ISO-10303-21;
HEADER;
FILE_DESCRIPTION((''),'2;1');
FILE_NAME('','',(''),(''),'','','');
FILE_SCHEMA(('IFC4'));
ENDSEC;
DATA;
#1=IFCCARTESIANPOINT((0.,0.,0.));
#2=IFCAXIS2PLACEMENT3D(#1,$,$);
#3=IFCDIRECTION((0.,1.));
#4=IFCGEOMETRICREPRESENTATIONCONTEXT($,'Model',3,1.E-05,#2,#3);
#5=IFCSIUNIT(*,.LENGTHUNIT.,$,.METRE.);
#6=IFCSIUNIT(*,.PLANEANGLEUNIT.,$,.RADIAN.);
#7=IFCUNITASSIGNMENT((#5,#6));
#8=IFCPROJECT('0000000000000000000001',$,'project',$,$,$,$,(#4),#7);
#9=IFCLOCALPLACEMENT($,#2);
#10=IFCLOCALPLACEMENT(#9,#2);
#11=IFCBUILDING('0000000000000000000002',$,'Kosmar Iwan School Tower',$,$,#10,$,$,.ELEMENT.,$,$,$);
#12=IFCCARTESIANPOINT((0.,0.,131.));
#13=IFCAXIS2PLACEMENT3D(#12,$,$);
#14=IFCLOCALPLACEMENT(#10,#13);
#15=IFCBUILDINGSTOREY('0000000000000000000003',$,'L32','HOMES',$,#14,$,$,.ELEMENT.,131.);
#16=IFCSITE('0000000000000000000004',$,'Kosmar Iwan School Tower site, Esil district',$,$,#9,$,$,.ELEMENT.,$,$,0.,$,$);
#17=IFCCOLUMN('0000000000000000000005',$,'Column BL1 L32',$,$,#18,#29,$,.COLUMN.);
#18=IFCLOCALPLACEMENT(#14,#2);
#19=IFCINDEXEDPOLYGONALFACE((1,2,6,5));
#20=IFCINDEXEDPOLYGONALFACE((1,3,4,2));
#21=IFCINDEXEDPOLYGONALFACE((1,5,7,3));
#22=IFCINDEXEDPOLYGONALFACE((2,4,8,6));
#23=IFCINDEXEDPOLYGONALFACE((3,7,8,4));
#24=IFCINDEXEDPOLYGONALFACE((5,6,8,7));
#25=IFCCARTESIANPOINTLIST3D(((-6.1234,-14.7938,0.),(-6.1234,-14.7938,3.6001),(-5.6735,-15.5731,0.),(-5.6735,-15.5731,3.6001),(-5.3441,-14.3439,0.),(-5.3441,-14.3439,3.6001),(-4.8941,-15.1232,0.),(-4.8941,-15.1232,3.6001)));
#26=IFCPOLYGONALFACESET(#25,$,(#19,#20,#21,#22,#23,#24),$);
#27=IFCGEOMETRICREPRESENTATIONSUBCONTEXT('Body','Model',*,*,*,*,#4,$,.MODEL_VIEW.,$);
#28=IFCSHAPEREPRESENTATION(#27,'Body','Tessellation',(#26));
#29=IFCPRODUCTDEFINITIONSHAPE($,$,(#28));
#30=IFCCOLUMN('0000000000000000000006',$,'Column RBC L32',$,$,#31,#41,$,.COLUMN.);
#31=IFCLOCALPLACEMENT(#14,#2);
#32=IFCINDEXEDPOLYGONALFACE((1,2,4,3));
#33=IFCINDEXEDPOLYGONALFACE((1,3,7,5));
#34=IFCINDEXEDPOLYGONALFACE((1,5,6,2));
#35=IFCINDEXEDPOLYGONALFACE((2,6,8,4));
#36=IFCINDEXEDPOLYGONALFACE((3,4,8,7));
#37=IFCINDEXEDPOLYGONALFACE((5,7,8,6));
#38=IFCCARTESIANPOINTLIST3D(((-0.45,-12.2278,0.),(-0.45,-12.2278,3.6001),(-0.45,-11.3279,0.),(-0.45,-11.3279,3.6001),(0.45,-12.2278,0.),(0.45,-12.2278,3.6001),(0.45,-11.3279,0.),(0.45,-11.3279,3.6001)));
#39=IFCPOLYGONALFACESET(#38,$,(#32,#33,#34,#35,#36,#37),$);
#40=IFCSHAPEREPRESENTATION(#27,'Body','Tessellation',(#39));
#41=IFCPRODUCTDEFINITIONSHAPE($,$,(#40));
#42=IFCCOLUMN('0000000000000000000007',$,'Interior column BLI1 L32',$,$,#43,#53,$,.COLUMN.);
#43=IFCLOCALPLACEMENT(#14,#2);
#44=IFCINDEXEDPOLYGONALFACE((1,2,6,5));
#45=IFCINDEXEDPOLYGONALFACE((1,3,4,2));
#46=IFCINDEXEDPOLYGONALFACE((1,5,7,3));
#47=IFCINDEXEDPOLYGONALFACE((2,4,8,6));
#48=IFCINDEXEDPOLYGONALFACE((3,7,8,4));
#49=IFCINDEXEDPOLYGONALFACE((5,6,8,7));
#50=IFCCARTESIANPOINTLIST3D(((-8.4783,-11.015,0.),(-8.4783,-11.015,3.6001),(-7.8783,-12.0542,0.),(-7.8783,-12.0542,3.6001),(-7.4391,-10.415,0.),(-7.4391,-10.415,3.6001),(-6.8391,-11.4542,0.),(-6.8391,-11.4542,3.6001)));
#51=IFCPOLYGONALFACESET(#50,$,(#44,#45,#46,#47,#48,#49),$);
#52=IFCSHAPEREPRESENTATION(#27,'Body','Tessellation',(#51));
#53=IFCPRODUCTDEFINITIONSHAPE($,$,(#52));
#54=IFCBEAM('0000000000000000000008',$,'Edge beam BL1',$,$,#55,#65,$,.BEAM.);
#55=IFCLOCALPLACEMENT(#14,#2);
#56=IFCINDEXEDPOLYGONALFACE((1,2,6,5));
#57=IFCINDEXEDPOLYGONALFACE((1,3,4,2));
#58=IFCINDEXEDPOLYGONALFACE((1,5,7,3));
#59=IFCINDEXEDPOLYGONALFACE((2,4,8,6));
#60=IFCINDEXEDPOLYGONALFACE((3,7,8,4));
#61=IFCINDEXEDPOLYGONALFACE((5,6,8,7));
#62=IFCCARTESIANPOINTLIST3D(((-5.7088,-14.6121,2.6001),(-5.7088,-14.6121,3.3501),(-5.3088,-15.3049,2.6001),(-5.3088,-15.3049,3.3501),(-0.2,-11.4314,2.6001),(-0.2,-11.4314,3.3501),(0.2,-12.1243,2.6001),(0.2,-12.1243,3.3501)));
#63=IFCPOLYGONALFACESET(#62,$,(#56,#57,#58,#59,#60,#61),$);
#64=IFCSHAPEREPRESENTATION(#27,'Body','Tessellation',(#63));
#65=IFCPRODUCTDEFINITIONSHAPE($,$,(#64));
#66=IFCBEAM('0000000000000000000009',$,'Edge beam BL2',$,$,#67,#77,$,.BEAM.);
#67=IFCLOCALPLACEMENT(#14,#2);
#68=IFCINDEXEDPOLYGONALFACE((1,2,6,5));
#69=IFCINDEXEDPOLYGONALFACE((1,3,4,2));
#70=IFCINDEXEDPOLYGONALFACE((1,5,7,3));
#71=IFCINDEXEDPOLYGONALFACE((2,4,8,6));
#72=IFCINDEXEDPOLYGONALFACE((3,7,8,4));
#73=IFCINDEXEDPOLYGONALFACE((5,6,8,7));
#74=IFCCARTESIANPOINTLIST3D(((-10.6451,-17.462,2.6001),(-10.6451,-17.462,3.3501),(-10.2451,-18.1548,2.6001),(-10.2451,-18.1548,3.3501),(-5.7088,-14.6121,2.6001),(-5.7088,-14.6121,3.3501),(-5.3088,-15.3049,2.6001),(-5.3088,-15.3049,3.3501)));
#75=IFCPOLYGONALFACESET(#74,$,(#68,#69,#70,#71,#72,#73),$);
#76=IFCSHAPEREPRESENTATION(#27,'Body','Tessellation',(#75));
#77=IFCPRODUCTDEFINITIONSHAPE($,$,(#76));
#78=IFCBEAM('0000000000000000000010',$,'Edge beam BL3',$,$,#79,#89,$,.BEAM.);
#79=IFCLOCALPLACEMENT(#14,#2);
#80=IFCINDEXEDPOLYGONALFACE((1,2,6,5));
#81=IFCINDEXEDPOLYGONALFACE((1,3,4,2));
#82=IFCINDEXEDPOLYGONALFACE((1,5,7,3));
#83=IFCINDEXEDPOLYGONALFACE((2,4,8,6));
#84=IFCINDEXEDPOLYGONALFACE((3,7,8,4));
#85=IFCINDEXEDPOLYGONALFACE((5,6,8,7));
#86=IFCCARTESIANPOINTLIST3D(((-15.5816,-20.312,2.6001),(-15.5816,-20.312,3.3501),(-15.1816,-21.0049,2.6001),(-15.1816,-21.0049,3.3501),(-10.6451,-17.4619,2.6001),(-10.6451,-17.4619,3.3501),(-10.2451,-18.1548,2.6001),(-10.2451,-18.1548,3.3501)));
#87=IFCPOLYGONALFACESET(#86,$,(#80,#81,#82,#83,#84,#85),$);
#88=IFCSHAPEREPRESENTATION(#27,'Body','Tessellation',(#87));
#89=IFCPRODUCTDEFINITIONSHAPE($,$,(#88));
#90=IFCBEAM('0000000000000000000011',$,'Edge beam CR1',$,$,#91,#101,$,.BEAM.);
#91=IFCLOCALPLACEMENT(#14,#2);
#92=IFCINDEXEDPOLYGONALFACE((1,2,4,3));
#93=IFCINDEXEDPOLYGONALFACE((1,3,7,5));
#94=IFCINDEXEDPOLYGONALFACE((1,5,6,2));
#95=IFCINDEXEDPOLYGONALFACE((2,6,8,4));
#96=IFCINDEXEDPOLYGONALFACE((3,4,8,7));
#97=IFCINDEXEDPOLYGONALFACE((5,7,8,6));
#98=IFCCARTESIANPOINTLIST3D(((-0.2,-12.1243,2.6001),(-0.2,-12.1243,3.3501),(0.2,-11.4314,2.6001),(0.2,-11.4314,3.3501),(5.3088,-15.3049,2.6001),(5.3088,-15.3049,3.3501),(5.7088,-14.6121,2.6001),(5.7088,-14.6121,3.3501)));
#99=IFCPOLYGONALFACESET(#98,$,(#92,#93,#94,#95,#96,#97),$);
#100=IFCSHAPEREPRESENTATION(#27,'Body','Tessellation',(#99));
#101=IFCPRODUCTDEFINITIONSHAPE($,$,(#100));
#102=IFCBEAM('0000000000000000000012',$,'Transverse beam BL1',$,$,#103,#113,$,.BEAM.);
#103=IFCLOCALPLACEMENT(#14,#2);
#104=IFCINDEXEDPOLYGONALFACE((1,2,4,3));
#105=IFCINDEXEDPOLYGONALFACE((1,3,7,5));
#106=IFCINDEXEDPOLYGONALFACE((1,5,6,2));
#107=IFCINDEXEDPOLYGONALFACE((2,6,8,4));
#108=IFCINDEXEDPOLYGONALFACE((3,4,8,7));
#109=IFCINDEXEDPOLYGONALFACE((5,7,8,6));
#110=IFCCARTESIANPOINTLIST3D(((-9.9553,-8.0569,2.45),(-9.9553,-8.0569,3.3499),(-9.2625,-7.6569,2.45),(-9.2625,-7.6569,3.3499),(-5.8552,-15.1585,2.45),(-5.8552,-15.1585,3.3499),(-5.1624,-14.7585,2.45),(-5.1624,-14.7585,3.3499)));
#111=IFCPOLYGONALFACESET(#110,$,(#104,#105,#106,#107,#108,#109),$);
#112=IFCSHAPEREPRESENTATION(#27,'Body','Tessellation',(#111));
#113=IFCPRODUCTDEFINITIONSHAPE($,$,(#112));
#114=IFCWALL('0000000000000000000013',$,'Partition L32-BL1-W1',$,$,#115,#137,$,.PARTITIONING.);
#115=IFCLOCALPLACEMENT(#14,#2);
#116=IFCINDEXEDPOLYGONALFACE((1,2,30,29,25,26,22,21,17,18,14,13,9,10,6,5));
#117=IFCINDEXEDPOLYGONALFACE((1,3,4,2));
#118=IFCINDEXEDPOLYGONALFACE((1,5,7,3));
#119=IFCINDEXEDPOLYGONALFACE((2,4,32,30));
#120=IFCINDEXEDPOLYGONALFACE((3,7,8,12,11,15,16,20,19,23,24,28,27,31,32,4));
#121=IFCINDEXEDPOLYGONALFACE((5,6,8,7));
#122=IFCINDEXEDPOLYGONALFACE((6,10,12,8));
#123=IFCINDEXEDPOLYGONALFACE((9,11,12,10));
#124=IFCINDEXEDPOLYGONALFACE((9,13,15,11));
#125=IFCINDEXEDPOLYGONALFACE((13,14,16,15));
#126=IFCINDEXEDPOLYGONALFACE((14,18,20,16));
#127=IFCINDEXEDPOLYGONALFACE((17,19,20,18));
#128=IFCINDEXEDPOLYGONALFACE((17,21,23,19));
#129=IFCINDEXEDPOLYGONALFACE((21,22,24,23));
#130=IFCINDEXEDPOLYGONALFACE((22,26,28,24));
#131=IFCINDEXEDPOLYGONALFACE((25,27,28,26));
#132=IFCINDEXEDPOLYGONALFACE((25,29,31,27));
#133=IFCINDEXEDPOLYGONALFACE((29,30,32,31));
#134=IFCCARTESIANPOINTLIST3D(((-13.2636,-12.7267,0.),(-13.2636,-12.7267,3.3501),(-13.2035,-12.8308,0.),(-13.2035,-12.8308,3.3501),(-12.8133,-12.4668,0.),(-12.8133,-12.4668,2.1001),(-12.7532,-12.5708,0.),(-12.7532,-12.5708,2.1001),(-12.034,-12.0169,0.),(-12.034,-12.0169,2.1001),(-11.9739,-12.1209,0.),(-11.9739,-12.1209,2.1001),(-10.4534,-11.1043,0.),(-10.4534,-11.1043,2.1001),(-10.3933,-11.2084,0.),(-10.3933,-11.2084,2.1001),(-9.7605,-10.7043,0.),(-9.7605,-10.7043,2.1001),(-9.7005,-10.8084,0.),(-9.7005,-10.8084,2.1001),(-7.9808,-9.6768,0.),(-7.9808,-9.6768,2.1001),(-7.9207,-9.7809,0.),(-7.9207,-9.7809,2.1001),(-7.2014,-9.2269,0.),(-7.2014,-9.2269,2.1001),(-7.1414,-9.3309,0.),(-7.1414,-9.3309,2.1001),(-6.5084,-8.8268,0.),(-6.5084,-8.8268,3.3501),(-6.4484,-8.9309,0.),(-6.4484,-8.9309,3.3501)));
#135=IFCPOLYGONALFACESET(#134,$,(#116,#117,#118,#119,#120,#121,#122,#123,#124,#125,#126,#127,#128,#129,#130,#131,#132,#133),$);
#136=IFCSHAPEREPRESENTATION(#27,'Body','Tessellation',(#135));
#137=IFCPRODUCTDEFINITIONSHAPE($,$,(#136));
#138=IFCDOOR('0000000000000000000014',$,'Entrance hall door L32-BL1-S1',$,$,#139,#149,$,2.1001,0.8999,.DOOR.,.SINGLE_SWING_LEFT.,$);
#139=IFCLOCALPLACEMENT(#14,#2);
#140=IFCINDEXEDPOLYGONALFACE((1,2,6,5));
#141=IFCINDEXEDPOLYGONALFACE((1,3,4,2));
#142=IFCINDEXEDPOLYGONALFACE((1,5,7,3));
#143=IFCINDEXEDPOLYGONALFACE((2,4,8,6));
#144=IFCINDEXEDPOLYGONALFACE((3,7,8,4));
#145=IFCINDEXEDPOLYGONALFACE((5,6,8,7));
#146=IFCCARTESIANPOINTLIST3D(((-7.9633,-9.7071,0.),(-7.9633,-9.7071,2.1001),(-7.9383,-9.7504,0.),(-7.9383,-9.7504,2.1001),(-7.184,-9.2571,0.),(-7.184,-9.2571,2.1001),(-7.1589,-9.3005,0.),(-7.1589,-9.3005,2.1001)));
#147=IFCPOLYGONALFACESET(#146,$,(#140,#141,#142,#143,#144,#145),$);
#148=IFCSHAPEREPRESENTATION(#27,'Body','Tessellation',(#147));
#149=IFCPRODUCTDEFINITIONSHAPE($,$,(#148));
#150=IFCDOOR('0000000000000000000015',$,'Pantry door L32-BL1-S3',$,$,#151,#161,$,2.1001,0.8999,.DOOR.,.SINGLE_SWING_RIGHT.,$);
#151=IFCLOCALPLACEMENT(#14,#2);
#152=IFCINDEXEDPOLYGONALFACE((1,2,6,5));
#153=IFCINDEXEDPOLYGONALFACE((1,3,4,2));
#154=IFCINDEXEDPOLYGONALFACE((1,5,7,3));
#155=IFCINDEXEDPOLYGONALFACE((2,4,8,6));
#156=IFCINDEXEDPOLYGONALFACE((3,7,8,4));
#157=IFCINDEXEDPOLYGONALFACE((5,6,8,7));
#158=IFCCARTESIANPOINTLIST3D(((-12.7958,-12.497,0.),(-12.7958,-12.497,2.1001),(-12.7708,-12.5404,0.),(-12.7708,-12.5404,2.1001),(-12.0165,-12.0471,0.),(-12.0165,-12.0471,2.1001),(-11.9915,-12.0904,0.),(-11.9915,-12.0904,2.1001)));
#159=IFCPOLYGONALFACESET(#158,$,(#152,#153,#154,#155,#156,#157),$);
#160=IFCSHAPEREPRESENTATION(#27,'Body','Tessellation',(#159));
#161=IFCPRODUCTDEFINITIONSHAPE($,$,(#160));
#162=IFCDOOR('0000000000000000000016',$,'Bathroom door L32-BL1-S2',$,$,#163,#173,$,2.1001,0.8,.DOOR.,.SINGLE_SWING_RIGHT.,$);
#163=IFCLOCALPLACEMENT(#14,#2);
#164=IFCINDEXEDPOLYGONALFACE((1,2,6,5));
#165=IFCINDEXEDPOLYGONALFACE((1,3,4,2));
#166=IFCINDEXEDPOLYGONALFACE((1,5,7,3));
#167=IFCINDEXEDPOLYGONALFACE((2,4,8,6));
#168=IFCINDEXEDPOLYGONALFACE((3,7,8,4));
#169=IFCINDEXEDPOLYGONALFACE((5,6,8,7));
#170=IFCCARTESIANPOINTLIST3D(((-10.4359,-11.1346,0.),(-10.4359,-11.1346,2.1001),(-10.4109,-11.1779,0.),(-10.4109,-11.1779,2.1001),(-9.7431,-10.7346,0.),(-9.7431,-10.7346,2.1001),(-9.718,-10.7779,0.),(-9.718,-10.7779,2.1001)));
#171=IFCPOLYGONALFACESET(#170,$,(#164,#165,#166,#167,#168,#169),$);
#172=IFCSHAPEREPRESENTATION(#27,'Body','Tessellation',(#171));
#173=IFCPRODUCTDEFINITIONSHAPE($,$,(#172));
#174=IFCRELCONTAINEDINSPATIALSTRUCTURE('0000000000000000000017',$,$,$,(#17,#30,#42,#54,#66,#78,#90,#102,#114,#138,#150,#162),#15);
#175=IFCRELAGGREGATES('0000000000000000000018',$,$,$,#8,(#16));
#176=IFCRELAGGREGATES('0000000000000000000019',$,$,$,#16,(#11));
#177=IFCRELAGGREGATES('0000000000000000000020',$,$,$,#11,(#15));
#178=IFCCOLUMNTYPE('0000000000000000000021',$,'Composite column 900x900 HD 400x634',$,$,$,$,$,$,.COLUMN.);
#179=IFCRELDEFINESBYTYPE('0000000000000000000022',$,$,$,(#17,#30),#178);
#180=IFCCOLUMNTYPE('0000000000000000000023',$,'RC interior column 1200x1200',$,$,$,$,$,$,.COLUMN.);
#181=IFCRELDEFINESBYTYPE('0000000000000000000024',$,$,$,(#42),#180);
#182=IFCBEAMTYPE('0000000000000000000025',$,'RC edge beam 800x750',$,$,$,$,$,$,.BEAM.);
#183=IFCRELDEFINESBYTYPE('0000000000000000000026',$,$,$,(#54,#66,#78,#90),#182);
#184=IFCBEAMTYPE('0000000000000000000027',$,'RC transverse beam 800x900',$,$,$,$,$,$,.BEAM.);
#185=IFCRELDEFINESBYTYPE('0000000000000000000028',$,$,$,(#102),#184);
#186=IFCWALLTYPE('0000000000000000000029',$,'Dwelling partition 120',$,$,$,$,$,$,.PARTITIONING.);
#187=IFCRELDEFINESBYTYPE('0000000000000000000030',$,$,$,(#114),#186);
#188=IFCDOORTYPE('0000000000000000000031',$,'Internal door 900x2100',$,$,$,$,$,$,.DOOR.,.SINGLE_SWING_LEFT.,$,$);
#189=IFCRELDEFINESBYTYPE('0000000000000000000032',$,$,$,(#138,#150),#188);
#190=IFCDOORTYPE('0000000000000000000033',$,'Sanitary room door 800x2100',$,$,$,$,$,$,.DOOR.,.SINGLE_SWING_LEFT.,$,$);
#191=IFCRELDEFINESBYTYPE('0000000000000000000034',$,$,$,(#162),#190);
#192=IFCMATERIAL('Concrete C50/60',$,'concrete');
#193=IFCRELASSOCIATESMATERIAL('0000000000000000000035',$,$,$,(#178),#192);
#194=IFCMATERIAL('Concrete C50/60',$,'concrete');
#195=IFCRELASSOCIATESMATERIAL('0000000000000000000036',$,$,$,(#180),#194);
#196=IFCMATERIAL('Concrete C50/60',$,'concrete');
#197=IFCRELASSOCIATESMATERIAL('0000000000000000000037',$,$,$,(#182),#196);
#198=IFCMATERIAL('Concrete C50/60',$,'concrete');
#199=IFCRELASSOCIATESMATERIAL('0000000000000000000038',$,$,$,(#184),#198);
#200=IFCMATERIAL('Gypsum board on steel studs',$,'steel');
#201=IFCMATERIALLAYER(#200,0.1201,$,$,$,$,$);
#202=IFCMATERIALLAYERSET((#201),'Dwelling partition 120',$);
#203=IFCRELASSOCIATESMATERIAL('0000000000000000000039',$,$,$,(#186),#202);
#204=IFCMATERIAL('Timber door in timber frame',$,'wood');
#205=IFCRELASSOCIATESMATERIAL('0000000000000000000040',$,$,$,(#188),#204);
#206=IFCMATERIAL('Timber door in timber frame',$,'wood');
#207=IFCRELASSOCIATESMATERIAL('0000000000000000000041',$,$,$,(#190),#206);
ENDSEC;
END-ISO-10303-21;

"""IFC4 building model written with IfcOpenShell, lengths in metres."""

from ifc_helpers import new_model, si_unit, direction, frame, frame_2d, origin, origin_2d, place, context, subcontext, project, spatial, rectangle, extrude, material, layer, layer_set, material_profile, profile_set, type_object, element, fill, save


model = new_model("IFC4")

# Units and contexts
model_context = context("Model", 3, precision=1e-05, world=origin(), true_north=direction((0.0, 1.0)))
body_context = subcontext(model_context, "Body", "Model", "MODEL_VIEW")
ifc_project = project(units=[si_unit("LENGTHUNIT", "METRE"), si_unit("PLANEANGLEUNIT", "RADIAN")], contexts=[model_context])

# Site, building, storey
site_placement = place(None, origin())
site = spatial("IfcSite", under=ifc_project, at=site_placement, Name="Kosmar Iwan School Tower site, Esil district", CompositionType="ELEMENT", RefElevation=0.0)
building_placement = place(site_placement, origin())
building = spatial("IfcBuilding", under=site, at=building_placement, Name="Kosmar Iwan School Tower", CompositionType="ELEMENT")
storey_placement = place(building_placement, frame((0.0, 0.0, 131.0)))
storey = spatial("IfcBuildingStorey", under=building, at=storey_placement, Name="L32", Description="HOMES", CompositionType="ELEMENT", Elevation=131.0)

# Columns
ifc_material_1 = material(Name="Concrete C50/60", Category="concrete")
ifc_material_profile_1 = material_profile(ifc_material_1, rectangle(XDim=0.8999, YDim=0.8999, at=origin_2d()), Name="RC 900x900 + HD 400x634")
ifc_profile_set_1 = profile_set([ifc_material_profile_1], Name="Concrete C50/60")
column_type_1 = type_object("IfcColumnType", Name="Composite column 900x900 HD 400x634", PredefinedType="COLUMN", material=ifc_profile_set_1)
for number, where, z_axis, x_axis, name in (
    (1, (-5.5088, -14.9585, 0.0), (0.0, 0.0, 1.0), (-0.866025, -0.5, 0.0), "Column BL1 L32"),
    (2, (0.0, -11.7778, 0.0), (0.0, 0.0, 1.0), (1.0, 0.0, 0.0), "Column RBC L32"),
):
    element("IfcColumn", number, at=place(storey_placement, frame(where, z_axis=z_axis, x_axis=x_axis)), inside=storey, type_object=column_type_1, Name=name, PredefinedType="COLUMN", context=body_context, shape_type="SweptSolid", body=[
        extrude(rectangle(XDim=0.8999, YDim=0.8999, at=origin_2d()), origin(), (0.0, 0.0, 1.0), 3.6001),
    ])
ifc_material_2 = material(Name="Concrete C50/60", Category="concrete")
ifc_material_profile_2 = material_profile(ifc_material_2, rectangle(XDim=1.2, YDim=1.2, at=origin_2d()), Name="RC 1200x1200")
ifc_profile_set_2 = profile_set([ifc_material_profile_2], Name="Concrete C50/60")
column_type_2 = type_object("IfcColumnType", Name="RC interior column 1200x1200", PredefinedType="COLUMN", material=ifc_profile_set_2)
column_placement = place(storey_placement, frame((-7.6587, -11.2346, 0.0), z_axis=(0.0, 0.0, 1.0), x_axis=(-0.866025, -0.5, 0.0)))
element("IfcColumn", 3, at=column_placement, inside=storey, type_object=column_type_2, Name="Interior column BLI1 L32", PredefinedType="COLUMN", context=body_context, shape_type="SweptSolid", body=[
    extrude(rectangle(XDim=1.2, YDim=1.2, at=origin_2d()), origin(), (0.0, 0.0, 1.0), 3.6001),
])

# Beams
ifc_material_3 = material(Name="Concrete C50/60", Category="concrete")
ifc_material_profile_3 = material_profile(ifc_material_3, rectangle(XDim=0.8, YDim=0.75, at=origin_2d()), Name="RC 800x750")
ifc_profile_set_3 = profile_set([ifc_material_profile_3], Name="Concrete C50/60")
beam_type_1 = type_object("IfcBeamType", Name="RC edge beam 800x750", PredefinedType="BEAM", material=ifc_profile_set_3)
beam_1_placement = place(storey_placement, frame((0.0, -11.7778, 2.9751), z_axis=(-0.866014, -0.500019, 0.0), x_axis=(0.500019, -0.866014, 0.0)))
element("IfcBeam", 4, at=beam_1_placement, inside=storey, type_object=beam_type_1, Name="Edge beam BL1", PredefinedType="BEAM", context=body_context, shape_type="SweptSolid", body=[
    extrude(rectangle(XDim=0.8, YDim=0.75, at=origin_2d()), origin(), (0.0, 0.0, 1.0), 6.3611),
])
beam_2_placement = place(storey_placement, frame((-5.5088, -14.9585, 2.9751), z_axis=(-0.866034, -0.499986, 0.0), x_axis=(0.499986, -0.866034, 0.0)))
element("IfcBeam", 5, at=beam_2_placement, inside=storey, type_object=beam_type_1, Name="Edge beam BL2", PredefinedType="BEAM", context=body_context, shape_type="SweptSolid", body=[
    extrude(rectangle(XDim=0.8, YDim=0.75, at=origin_2d()), origin(), (0.0, 0.0, 1.0), 5.7),
])
beam_3_placement = place(storey_placement, frame((-10.4451, -17.8083, 2.9751), z_axis=(-0.866026, -0.499999, 0.0), x_axis=(0.499999, -0.866026, 0.0)))
element("IfcBeam", 6, at=beam_3_placement, inside=storey, type_object=beam_type_1, Name="Edge beam BL3", PredefinedType="BEAM", context=body_context, shape_type="SweptSolid", body=[
    extrude(rectangle(XDim=0.8, YDim=0.75, at=origin_2d()), origin(), (0.0, 0.0, 1.0), 5.7002),
])
beam_4_placement = place(storey_placement, frame((0.0, -11.7778, 2.9751), z_axis=(0.866014, -0.500019, 0.0), x_axis=(0.500019, 0.866014, 0.0)))
element("IfcBeam", 7, at=beam_4_placement, inside=storey, type_object=beam_type_1, Name="Edge beam CR1", PredefinedType="BEAM", context=body_context, shape_type="SweptSolid", body=[
    extrude(rectangle(XDim=0.8, YDim=0.75, at=origin_2d()), origin(), (0.0, 0.0, 1.0), 6.3611),
])
ifc_material_4 = material(Name="Concrete C50/60", Category="concrete")
ifc_material_profile_4 = material_profile(ifc_material_4, rectangle(XDim=0.8, YDim=0.8999, at=origin_2d()), Name="RC 800x900")
ifc_profile_set_4 = profile_set([ifc_material_profile_4], Name="Concrete C50/60")
beam_type_2 = type_object("IfcBeamType", Name="RC transverse beam 800x900", PredefinedType="BEAM", material=ifc_profile_set_4)
beam_5_placement = place(storey_placement, frame((-5.5088, -14.9585, 2.8999), z_axis=(-0.500001, 0.866025, 0.0), x_axis=(-0.866025, -0.500001, 0.0)))
element("IfcBeam", 8, at=beam_5_placement, inside=storey, type_object=beam_type_2, Name="Transverse beam BL1", PredefinedType="BEAM", context=body_context, shape_type="SweptSolid", body=[
    extrude(rectangle(XDim=0.8, YDim=0.8999, at=origin_2d()), origin(), (0.0, 0.0, 1.0), 8.2002),
])

# Wall, openings, doors
ifc_material_5 = material(Name="Gypsum board on steel studs", Category="steel")
ifc_layer_1 = layer(ifc_material_5, 0.1201)
ifc_layer_set_1 = layer_set([ifc_layer_1], Name="Dwelling partition 120")
wall_type_1 = type_object("IfcWallType", Name="Dwelling partition 120", PredefinedType="PARTITIONING", material=ifc_layer_set_1)
wall_1_placement = place(storey_placement, frame((-6.4785, -8.8789, 0.0), z_axis=(0.0, 0.0, 1.0), x_axis=(-0.866035, -0.499983, 0.0)))
wall_1 = element("IfcWall", 9, at=wall_1_placement, inside=storey, type_object=wall_type_1, Name="Partition L32-BL1-W1", PredefinedType="PARTITIONING", context=body_context, shape_type="SweptSolid", body=[
    extrude(rectangle(XDim=7.8, YDim=0.1201, at=frame_2d((3.8999, 0.0))), origin(), (0.0, 0.0, 1.0), 3.3501),
])
opening_1_placement = place(wall_1_placement, frame((0.8, 0.0, 0.0)))
opening_1 = element("IfcOpeningElement", 10, at=opening_1_placement, cuts=wall_1, PredefinedType="OPENING", context=body_context, shape_type="SweptSolid", body=[
    extrude(rectangle(XDim=0.8999, YDim=2.1001, at=frame_2d((0.45, 1.05))), frame((0.0, 0.072, 0.0), z_axis=(0.0, -1.0, 0.0), x_axis=(1.0, 0.0, 0.0)), (0.0, 0.0, 1.0), 0.144),
])
opening_2_placement = place(wall_1_placement, frame((3.7551, 0.0, 0.0)))
opening_2 = element("IfcOpeningElement", 11, at=opening_2_placement, cuts=wall_1, PredefinedType="OPENING", context=body_context, shape_type="SweptSolid", body=[
    extrude(rectangle(XDim=0.8, YDim=2.1001, at=frame_2d((0.3999, 1.05))), frame((0.0, 0.072, 0.0), z_axis=(0.0, -1.0, 0.0), x_axis=(1.0, 0.0, 0.0)), (0.0, 0.0, 1.0), 0.144),
])
opening_3_placement = place(wall_1_placement, frame((6.3801, 0.0, 0.0)))
opening_3 = element("IfcOpeningElement", 12, at=opening_3_placement, cuts=wall_1, PredefinedType="OPENING", context=body_context, shape_type="SweptSolid", body=[
    extrude(rectangle(XDim=0.8999, YDim=2.1001, at=frame_2d((0.45, 1.05))), frame((0.0, 0.072, 0.0), z_axis=(0.0, -1.0, 0.0), x_axis=(1.0, 0.0, 0.0)), (0.0, 0.0, 1.0), 0.144),
])
ifc_material_6 = material(Name="Timber door in timber frame", Category="wood")
door_type_1 = type_object("IfcDoorType", Name="Internal door 900x2100", OperationType="SINGLE_SWING_LEFT", PredefinedType="DOOR", material=ifc_material_6)
door_1_placement = place(opening_1_placement, origin())
door_1 = element("IfcDoor", 13, at=door_1_placement, inside=storey, type_object=door_type_1, Name="Entrance hall door L32-BL1-S1", OperationType="SINGLE_SWING_LEFT", OverallHeight=2.1001, OverallWidth=0.8999, PredefinedType="DOOR", context=body_context, shape_type="SweptSolid", body=[
    extrude(rectangle(XDim=0.8999, YDim=2.1001, at=frame_2d((0.45, 1.05))), frame((0.0, 0.0249, 0.0), z_axis=(0.0, -1.0, 0.0), x_axis=(1.0, 0.0, 0.0)), (0.0, 0.0, 1.0), 0.05),
])
fill(opening_1, door_1)
door_2_placement = place(opening_3_placement, origin())
door_2 = element("IfcDoor", 14, at=door_2_placement, inside=storey, type_object=door_type_1, Name="Pantry door L32-BL1-S3", OperationType="SINGLE_SWING_RIGHT", OverallHeight=2.1001, OverallWidth=0.8999, PredefinedType="DOOR", context=body_context, shape_type="SweptSolid", body=[
    extrude(rectangle(XDim=0.8999, YDim=2.1001, at=frame_2d((0.45, 1.05))), frame((0.0, 0.0249, 0.0), z_axis=(0.0, -1.0, 0.0), x_axis=(1.0, 0.0, 0.0)), (0.0, 0.0, 1.0), 0.05),
])
fill(opening_3, door_2)
ifc_material_7 = material(Name="Timber door in timber frame", Category="wood")
door_type_2 = type_object("IfcDoorType", Name="Sanitary room door 800x2100", OperationType="SINGLE_SWING_LEFT", PredefinedType="DOOR", material=ifc_material_7)
door_3_placement = place(opening_2_placement, origin())
door_3 = element("IfcDoor", 15, at=door_3_placement, inside=storey, type_object=door_type_2, Name="Bathroom door L32-BL1-S2", OperationType="SINGLE_SWING_RIGHT", OverallHeight=2.1001, OverallWidth=0.8, PredefinedType="DOOR", context=body_context, shape_type="SweptSolid", body=[
    extrude(rectangle(XDim=0.8, YDim=2.1001, at=frame_2d((0.3999, 1.05))), frame((0.0, 0.0249, 0.0), z_axis=(0.0, -1.0, 0.0), x_axis=(1.0, 0.0, 0.0)), (0.0, 0.0, 1.0), 0.05),
])
fill(opening_2, door_3)

save(model, "model.ifc")
